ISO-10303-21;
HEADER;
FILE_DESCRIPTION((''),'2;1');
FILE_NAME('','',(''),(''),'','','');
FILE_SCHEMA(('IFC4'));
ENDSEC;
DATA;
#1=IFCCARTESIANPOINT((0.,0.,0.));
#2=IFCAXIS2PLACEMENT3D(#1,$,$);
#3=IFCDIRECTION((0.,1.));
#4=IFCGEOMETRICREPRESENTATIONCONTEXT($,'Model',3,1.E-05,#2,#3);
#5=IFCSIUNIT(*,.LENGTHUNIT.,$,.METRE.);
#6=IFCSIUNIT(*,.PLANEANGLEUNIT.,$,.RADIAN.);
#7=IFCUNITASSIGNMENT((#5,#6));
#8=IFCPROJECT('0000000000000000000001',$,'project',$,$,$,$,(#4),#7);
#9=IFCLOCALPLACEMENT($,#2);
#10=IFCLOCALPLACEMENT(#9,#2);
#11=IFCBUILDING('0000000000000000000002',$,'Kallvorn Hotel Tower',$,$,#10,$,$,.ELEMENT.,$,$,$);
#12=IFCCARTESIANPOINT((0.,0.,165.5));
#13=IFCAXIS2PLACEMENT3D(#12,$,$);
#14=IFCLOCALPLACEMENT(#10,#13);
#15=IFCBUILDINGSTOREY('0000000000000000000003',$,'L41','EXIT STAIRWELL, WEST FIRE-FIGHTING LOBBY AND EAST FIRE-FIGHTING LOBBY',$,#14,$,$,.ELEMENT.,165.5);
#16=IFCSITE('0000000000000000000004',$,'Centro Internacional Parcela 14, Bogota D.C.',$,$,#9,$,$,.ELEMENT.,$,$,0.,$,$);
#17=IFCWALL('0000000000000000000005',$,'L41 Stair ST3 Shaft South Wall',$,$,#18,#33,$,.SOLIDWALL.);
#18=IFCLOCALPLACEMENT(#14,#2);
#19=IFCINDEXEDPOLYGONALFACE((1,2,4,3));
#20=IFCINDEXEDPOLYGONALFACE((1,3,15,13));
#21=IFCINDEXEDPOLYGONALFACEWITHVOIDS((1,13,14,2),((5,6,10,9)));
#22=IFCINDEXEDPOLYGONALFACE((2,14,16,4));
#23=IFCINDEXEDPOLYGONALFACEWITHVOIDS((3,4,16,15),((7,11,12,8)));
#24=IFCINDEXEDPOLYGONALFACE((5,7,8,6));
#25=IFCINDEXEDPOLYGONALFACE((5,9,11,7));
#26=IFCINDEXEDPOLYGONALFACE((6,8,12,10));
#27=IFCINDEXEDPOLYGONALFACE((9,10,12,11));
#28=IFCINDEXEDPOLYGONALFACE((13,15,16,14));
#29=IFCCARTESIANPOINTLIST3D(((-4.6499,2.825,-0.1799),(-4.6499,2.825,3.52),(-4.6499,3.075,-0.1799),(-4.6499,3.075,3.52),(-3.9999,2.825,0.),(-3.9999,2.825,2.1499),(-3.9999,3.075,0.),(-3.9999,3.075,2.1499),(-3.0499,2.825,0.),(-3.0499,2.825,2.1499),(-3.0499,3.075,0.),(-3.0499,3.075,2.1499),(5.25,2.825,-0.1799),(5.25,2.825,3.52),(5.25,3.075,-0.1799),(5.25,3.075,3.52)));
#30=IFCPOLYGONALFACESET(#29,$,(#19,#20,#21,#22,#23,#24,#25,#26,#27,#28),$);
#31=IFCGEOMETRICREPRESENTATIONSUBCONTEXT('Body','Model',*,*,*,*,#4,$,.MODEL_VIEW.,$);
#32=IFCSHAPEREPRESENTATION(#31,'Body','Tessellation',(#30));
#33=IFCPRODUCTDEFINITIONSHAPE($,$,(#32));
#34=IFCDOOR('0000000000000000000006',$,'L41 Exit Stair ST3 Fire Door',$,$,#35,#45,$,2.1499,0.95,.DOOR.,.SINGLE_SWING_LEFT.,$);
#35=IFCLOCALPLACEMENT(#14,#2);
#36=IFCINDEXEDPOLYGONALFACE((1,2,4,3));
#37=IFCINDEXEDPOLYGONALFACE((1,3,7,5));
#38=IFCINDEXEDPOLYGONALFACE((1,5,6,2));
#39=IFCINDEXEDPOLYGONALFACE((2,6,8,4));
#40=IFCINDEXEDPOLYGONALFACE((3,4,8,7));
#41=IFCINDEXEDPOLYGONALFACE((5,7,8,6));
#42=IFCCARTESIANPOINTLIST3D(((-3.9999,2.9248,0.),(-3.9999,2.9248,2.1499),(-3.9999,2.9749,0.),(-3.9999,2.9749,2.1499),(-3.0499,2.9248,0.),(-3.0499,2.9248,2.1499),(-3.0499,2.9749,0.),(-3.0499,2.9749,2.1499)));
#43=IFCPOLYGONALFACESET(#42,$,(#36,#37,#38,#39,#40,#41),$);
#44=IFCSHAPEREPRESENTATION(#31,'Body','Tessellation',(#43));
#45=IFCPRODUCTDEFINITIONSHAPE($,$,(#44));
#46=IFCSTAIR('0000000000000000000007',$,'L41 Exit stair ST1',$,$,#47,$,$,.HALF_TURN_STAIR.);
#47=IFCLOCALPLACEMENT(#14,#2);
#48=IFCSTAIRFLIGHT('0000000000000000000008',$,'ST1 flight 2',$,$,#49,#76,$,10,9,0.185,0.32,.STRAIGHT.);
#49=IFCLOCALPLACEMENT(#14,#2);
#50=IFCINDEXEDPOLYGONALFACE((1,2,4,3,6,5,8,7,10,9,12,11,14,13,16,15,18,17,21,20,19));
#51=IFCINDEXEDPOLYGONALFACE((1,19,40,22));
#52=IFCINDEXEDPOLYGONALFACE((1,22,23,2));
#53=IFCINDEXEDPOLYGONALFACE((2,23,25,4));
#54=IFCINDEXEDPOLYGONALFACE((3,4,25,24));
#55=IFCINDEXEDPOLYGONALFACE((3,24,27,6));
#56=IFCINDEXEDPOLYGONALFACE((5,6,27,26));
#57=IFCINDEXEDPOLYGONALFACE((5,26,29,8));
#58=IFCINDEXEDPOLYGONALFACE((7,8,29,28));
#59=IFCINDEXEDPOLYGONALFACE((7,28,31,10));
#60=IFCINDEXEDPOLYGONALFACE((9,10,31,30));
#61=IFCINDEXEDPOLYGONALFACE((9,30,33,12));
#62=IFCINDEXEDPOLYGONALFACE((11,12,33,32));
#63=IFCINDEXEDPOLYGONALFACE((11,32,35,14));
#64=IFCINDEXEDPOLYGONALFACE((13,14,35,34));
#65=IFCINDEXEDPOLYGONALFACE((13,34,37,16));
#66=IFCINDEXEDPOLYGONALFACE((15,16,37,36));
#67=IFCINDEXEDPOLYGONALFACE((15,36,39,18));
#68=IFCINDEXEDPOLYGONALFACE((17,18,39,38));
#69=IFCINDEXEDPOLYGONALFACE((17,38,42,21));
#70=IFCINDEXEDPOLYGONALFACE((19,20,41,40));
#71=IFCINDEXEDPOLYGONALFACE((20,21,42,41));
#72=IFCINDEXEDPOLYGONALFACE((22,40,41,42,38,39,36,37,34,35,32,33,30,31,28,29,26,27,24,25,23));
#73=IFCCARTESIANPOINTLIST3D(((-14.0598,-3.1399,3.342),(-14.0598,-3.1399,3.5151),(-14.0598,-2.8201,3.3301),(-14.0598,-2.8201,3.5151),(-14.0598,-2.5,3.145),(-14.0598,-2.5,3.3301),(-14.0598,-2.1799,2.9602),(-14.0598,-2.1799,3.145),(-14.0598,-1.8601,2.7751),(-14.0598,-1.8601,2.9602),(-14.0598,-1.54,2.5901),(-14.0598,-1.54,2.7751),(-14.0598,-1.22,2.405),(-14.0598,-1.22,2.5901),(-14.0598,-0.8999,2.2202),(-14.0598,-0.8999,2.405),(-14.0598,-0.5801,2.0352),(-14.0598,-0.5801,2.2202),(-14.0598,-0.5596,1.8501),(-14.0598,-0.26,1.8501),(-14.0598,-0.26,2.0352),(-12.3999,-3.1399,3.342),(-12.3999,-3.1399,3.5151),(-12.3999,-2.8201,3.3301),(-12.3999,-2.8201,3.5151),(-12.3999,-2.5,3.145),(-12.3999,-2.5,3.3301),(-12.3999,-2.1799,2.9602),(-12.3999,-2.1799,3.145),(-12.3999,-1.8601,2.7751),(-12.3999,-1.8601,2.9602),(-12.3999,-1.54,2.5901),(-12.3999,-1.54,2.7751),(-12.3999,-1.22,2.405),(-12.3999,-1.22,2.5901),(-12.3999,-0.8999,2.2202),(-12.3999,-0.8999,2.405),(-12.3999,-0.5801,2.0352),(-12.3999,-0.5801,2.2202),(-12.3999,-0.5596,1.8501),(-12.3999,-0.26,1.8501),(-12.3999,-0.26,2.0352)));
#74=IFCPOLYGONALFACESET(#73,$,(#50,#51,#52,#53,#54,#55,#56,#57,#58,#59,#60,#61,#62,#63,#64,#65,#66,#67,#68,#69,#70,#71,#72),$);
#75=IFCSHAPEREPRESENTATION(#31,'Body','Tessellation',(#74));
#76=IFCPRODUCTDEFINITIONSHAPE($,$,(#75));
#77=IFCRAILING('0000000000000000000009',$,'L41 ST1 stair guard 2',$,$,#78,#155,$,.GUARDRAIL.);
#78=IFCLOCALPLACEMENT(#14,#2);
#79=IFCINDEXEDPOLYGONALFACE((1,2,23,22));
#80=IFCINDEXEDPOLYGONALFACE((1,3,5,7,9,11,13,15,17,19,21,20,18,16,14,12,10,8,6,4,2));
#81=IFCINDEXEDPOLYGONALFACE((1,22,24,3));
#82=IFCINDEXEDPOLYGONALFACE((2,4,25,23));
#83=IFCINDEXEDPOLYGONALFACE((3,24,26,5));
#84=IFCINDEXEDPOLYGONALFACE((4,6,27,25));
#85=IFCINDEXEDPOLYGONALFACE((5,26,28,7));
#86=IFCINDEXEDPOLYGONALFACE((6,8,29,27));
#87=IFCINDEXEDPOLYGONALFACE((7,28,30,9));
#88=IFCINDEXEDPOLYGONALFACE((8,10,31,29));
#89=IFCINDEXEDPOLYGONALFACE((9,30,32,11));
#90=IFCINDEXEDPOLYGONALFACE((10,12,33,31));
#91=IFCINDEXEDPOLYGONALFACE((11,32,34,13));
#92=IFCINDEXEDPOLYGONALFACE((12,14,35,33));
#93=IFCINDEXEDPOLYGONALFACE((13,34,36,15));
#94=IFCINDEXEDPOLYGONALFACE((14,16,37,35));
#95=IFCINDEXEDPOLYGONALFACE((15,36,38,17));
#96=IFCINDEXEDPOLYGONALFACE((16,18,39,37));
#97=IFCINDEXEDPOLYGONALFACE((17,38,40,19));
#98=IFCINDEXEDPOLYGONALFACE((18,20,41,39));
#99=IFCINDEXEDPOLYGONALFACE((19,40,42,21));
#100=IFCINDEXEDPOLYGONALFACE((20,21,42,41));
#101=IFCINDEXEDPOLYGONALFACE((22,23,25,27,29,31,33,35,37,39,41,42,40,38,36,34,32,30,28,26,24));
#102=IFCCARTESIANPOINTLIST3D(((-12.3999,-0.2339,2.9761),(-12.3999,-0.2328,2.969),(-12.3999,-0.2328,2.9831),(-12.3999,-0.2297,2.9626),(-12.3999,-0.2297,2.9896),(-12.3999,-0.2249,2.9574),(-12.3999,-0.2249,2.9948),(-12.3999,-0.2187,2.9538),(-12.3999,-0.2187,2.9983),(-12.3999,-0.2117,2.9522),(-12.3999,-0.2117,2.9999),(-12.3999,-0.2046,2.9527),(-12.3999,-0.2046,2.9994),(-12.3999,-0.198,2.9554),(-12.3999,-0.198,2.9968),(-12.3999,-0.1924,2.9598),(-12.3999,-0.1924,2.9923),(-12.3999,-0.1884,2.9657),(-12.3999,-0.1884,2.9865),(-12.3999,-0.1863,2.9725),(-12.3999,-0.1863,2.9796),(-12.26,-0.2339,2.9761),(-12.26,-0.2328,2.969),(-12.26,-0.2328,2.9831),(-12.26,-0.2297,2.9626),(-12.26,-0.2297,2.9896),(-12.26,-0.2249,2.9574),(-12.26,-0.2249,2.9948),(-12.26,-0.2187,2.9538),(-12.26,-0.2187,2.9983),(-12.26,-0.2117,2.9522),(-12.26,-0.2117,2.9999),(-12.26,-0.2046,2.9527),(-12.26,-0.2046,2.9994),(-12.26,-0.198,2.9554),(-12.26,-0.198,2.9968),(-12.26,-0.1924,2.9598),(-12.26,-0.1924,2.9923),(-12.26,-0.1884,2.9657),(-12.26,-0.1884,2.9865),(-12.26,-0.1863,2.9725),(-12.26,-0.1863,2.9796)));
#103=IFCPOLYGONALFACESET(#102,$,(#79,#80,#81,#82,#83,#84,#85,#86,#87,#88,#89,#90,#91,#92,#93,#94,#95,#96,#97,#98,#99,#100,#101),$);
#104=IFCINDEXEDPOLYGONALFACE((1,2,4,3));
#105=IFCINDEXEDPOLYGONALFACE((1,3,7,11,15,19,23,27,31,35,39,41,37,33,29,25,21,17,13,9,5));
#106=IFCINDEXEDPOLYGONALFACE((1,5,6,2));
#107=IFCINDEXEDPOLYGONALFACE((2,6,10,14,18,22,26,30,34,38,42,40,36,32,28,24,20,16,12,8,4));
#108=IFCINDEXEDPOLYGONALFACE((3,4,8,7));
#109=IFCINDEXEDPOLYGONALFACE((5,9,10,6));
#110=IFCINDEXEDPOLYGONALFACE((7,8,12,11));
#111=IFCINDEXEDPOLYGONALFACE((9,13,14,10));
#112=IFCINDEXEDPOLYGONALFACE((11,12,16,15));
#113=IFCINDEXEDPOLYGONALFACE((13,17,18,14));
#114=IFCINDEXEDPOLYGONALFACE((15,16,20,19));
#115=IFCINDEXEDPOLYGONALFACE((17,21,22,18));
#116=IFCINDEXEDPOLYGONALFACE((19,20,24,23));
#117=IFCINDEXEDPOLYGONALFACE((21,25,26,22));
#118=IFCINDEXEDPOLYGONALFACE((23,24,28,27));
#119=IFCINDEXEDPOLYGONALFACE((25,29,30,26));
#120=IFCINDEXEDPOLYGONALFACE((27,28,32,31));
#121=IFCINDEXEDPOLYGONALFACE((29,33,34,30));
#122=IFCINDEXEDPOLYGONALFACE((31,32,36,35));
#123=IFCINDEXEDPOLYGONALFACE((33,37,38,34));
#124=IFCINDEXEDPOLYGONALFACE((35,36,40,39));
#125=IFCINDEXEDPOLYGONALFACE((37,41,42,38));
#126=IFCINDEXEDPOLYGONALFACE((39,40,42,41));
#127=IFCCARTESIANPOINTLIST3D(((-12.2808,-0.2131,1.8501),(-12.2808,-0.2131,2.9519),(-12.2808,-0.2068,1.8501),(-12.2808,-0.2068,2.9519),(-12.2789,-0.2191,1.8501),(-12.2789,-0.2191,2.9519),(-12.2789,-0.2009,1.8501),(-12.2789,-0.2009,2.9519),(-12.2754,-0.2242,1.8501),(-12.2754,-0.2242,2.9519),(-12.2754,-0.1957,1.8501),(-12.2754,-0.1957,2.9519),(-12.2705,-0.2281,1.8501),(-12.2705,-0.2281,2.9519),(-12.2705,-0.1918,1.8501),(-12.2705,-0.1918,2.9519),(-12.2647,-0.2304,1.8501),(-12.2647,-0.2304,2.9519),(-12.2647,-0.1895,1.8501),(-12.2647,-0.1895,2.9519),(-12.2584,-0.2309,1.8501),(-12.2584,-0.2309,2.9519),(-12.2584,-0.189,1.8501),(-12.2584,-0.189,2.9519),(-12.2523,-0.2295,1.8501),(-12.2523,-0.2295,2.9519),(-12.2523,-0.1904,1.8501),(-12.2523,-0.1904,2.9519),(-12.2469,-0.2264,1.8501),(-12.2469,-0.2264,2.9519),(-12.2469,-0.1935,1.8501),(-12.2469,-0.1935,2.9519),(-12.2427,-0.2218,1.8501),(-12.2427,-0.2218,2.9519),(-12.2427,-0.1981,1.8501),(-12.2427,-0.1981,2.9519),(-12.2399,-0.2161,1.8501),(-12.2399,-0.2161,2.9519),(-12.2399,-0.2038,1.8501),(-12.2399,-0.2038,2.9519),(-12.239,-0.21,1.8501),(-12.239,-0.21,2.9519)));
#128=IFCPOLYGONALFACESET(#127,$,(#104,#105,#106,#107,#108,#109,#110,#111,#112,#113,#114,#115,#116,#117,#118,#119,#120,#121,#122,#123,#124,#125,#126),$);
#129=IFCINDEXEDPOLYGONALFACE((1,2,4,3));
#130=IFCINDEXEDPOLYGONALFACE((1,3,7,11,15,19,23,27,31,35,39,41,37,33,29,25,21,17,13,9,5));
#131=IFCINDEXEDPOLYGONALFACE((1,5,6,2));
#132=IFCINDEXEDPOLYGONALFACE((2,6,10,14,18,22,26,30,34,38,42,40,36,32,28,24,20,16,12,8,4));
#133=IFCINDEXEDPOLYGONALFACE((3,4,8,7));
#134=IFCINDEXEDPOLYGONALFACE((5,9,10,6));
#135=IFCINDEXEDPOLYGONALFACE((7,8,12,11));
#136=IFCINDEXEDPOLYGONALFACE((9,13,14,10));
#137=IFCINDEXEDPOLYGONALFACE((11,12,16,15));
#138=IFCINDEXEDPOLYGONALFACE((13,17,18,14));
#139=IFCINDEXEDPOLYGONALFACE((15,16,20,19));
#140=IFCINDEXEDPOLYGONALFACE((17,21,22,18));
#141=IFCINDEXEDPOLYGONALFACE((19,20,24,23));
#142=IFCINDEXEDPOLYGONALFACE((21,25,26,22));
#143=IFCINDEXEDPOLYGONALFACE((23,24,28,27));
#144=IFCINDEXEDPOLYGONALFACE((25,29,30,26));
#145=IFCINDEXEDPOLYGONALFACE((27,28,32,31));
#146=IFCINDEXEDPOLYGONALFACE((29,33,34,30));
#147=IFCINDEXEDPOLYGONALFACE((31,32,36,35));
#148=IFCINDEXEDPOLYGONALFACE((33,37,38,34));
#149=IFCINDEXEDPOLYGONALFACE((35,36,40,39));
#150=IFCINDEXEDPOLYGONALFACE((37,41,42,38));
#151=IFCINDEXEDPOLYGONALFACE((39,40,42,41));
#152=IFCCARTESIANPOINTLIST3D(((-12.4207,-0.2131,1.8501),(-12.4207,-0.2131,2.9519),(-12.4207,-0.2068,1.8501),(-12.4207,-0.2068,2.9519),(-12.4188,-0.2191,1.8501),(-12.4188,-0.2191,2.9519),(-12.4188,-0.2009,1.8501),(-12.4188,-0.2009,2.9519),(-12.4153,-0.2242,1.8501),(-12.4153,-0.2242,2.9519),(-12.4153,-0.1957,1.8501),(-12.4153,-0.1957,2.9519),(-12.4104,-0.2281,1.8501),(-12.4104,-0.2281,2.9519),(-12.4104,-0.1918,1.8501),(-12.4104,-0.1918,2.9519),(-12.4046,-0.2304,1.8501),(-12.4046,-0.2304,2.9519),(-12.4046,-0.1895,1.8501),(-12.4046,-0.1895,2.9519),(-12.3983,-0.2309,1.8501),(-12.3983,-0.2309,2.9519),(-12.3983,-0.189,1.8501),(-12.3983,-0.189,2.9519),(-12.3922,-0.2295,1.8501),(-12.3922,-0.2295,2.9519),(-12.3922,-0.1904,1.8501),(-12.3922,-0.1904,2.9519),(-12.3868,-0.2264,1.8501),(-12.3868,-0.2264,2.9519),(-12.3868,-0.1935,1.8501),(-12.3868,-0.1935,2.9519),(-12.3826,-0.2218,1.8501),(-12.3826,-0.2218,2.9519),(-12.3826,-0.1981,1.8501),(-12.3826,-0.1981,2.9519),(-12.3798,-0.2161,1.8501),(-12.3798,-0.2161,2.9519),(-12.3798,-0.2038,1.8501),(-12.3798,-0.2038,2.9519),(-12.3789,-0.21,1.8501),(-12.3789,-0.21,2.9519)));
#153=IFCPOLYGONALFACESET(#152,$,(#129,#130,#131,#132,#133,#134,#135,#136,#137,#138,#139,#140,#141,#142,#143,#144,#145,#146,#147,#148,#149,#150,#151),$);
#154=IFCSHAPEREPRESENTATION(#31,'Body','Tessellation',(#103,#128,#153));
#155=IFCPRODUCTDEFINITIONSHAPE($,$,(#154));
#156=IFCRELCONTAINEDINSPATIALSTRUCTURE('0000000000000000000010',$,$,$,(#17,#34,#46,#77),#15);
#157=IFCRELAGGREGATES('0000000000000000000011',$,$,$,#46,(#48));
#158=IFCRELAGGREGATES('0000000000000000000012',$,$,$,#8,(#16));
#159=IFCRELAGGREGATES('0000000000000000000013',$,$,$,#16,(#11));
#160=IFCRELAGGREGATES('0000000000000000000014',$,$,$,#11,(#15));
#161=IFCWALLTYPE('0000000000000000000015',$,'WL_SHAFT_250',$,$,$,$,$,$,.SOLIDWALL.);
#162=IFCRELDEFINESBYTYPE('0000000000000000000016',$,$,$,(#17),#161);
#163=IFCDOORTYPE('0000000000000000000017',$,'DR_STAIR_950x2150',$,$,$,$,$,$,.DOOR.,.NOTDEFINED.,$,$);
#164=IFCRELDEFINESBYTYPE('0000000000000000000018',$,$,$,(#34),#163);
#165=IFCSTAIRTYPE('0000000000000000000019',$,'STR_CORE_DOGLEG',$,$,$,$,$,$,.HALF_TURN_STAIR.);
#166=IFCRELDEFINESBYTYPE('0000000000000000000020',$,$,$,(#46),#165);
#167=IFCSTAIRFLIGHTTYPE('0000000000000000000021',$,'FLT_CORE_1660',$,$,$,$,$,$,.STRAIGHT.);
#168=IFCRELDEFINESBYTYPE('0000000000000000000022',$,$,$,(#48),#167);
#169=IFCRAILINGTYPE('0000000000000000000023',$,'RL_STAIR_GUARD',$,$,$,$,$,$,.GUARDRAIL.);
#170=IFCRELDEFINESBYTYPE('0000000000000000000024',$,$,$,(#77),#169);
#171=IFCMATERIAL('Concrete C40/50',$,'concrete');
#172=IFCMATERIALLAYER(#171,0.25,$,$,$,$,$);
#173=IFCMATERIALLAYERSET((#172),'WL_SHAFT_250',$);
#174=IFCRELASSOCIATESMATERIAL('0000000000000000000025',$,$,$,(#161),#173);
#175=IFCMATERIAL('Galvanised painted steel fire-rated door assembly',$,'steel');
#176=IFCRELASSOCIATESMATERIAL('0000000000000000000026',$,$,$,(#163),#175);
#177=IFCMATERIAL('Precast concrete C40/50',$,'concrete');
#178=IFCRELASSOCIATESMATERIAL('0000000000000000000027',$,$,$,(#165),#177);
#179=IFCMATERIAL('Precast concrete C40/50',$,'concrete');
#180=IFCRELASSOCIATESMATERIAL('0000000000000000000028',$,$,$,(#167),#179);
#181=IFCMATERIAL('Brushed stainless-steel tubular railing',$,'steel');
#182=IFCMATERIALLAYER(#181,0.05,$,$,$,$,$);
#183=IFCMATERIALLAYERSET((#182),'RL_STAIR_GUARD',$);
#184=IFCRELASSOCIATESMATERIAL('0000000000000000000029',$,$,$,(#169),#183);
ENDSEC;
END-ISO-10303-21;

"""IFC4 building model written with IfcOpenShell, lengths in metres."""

from ifc_helpers import new_model, si_unit, direction, frame, frame_2d, origin, origin_2d, place, context, subcontext, project, spatial, polyline, rectangle, circle, outline, extrude, material, layer, layer_set, type_object, element, fill, aggregate, save


model = new_model("IFC4")

# Units and contexts
model_context = context("Model", 3, precision=1e-05, world=origin(), true_north=direction((0.0, 1.0)))
body_context = subcontext(model_context, "Body", "Model", "MODEL_VIEW")
ifc_project = project(units=[si_unit("LENGTHUNIT", "METRE"), si_unit("PLANEANGLEUNIT", "RADIAN")], contexts=[model_context])

# Site, building, storey
site_placement = place(None, origin())
site = spatial("IfcSite", under=ifc_project, at=site_placement, Name="Centro Internacional Parcela 14, Bogota D.C.", CompositionType="ELEMENT", RefElevation=0.0)
building_placement = place(site_placement, origin())
building = spatial("IfcBuilding", under=site, at=building_placement, Name="Kallvorn Hotel Tower", CompositionType="ELEMENT")
storey_placement = place(building_placement, frame((0.0, 0.0, 165.5)))
storey = spatial("IfcBuildingStorey", under=building, at=storey_placement, Name="L41", Description="EXIT STAIRWELL, WEST FIRE-FIGHTING LOBBY AND EAST FIRE-FIGHTING LOBBY", CompositionType="ELEMENT", Elevation=165.5)

# Shared definitions
ifc_material_1 = material(Name="Concrete C40/50", Category="concrete")
ifc_layer_1 = layer(ifc_material_1, 0.25)
ifc_layer_set_1 = layer_set([ifc_layer_1], Name="WL_SHAFT_250")
wall_type_1 = type_object("IfcWallType", Name="WL_SHAFT_250", PredefinedType="SOLIDWALL", material=ifc_layer_set_1)

# Wall, opening, door
wall_1_placement = place(storey_placement, frame((-4.6499, 2.95, -0.1799), z_axis=(0.0, 0.0, 1.0), x_axis=(1.0, 0.0, 0.0)))
wall_1 = element("IfcWall", 1, at=wall_1_placement, inside=storey, type_object=wall_type_1, Name="L41 Stair ST3 Shaft South Wall", PredefinedType="SOLIDWALL", context=body_context, shape_type="SweptSolid", body=[
    extrude(rectangle(XDim=9.8999, YDim=0.25, at=frame_2d((4.95, 0.0))), origin(), (0.0, 0.0, 1.0), 3.7),
])
opening_1_placement = place(wall_1_placement, frame((0.6499, 0.0, 0.1799)))
opening_1 = element("IfcOpeningElement", 2, at=opening_1_placement, cuts=wall_1, PredefinedType="OPENING", context=body_context, shape_type="SweptSolid", body=[
    extrude(rectangle(XDim=0.95, YDim=2.1499, at=frame_2d((0.4751, 1.075))), frame((0.0, 0.1399, 0.0), z_axis=(0.0, -1.0, 0.0), x_axis=(1.0, 0.0, 0.0)), (0.0, 0.0, 1.0), 0.28),
])
ifc_material_2 = material(Name="Galvanised painted steel fire-rated door assembly", Category="steel")
door_type_1 = type_object("IfcDoorType", Name="DR_STAIR_950x2150", OperationType="NOTDEFINED", PredefinedType="DOOR", material=ifc_material_2)
door_1_placement = place(opening_1_placement, origin())
door_1 = element("IfcDoor", 3, at=door_1_placement, inside=storey, type_object=door_type_1, Name="L41 Exit Stair ST3 Fire Door", OperationType="SINGLE_SWING_LEFT", OverallHeight=2.1499, OverallWidth=0.95, PredefinedType="DOOR", context=body_context, shape_type="SweptSolid", body=[
    extrude(rectangle(XDim=0.95, YDim=2.1499, at=frame_2d((0.4751, 1.075))), frame((0.0, 0.0249, 0.0), z_axis=(0.0, -1.0, 0.0), x_axis=(1.0, 0.0, 0.0)), (0.0, 0.0, 1.0), 0.05),
])
fill(opening_1, door_1)

# Stair, stair flight
ifc_material_3 = material(Name="Precast concrete C40/50", Category="concrete")
stair_type = type_object("IfcStairType", Name="STR_CORE_DOGLEG", PredefinedType="HALF_TURN_STAIR", material=ifc_material_3)
stair_placement = place(storey_placement, origin())
stair = element("IfcStair", 4, at=stair_placement, inside=storey, type_object=stair_type, Name="L41 Exit stair ST1", PredefinedType="HALF_TURN_STAIR")
ifc_material_4 = material(Name="Precast concrete C40/50", Category="concrete")
stair_flight_type = type_object("IfcStairFlightType", Name="FLT_CORE_1660", PredefinedType="STRAIGHT", material=ifc_material_4)
stair_flight_placement = place(storey_placement, frame((-13.23, -0.26, 1.8501), z_axis=(0.0, 0.0, 1.0), x_axis=(0.0, -1.0, 0.0)))
stair_flight = element("IfcStairFlight", 5, at=stair_flight_placement, type_object=stair_flight_type, Name="ST1 flight 2", NumberOfRisers=10, NumberOfTreads=9, PredefinedType="STRAIGHT", RiserHeight=0.185, TreadLength=0.32, context=body_context, shape_type="SweptSolid", body=[
    extrude(outline(polyline([(0.0, 0.0), (0.0, 0.1851), (0.3201, 0.1851), (0.3201, 0.3701), (0.6399, 0.3701), (0.6399, 0.5549), (0.96, 0.5549), (0.96, 0.74), (1.28, 0.74), (1.28, 0.925), (1.6001, 0.925), (1.6001, 1.1101), (1.9199, 1.1101), (1.9199, 1.2949), (2.24, 1.2949), (2.24, 1.48), (2.5601, 1.48), (2.5601, 1.665), (2.8799, 1.665), (2.8799, 1.8501), (2.8799, 1.4919), (0.2996, 0.0), (0.0, 0.0)])), frame((0.0, 0.8301, 0.0), z_axis=(0.0, -1.0, 0.0), x_axis=(1.0, 0.0, 0.0)), (0.0, 0.0, 1.0), 1.6599),
])
aggregate(stair, [stair_flight])

# Railing
ifc_material_5 = material(Name="Brushed stainless-steel tubular railing", Category="steel")
ifc_layer_2 = layer(ifc_material_5, 0.05)
ifc_layer_set_2 = layer_set([ifc_layer_2], Name="RL_STAIR_GUARD")
railing_type_1 = type_object("IfcRailingType", Name="RL_STAIR_GUARD", PredefinedType="GUARDRAIL", material=ifc_layer_set_2)
railing_1_placement = place(storey_placement, frame((-12.26, -0.21, 1.8501)))
element("IfcRailing", 6, at=railing_1_placement, inside=storey, type_object=railing_type_1, Name="L41 ST1 stair guard 2", PredefinedType="GUARDRAIL", context=body_context, shape_type="SweptSolid", body=[
    extrude(circle(Radius=0.0239, at=origin_2d()), frame((0.0, 0.0, 1.126), z_axis=(-1.0, 0.0, 0.0), x_axis=(0.0, -1.0, 0.0)), (0.0, 0.0, 1.0), 0.1399),
    extrude(circle(Radius=0.021, at=origin_2d()), origin(), (0.0, 0.0, 1.0), 1.1018),
    extrude(circle(Radius=0.021, at=origin_2d()), frame((-0.1399, 0.0, 0.0)), (0.0, 0.0, 1.0), 1.1018),
])

save(model, "model.ifc")
